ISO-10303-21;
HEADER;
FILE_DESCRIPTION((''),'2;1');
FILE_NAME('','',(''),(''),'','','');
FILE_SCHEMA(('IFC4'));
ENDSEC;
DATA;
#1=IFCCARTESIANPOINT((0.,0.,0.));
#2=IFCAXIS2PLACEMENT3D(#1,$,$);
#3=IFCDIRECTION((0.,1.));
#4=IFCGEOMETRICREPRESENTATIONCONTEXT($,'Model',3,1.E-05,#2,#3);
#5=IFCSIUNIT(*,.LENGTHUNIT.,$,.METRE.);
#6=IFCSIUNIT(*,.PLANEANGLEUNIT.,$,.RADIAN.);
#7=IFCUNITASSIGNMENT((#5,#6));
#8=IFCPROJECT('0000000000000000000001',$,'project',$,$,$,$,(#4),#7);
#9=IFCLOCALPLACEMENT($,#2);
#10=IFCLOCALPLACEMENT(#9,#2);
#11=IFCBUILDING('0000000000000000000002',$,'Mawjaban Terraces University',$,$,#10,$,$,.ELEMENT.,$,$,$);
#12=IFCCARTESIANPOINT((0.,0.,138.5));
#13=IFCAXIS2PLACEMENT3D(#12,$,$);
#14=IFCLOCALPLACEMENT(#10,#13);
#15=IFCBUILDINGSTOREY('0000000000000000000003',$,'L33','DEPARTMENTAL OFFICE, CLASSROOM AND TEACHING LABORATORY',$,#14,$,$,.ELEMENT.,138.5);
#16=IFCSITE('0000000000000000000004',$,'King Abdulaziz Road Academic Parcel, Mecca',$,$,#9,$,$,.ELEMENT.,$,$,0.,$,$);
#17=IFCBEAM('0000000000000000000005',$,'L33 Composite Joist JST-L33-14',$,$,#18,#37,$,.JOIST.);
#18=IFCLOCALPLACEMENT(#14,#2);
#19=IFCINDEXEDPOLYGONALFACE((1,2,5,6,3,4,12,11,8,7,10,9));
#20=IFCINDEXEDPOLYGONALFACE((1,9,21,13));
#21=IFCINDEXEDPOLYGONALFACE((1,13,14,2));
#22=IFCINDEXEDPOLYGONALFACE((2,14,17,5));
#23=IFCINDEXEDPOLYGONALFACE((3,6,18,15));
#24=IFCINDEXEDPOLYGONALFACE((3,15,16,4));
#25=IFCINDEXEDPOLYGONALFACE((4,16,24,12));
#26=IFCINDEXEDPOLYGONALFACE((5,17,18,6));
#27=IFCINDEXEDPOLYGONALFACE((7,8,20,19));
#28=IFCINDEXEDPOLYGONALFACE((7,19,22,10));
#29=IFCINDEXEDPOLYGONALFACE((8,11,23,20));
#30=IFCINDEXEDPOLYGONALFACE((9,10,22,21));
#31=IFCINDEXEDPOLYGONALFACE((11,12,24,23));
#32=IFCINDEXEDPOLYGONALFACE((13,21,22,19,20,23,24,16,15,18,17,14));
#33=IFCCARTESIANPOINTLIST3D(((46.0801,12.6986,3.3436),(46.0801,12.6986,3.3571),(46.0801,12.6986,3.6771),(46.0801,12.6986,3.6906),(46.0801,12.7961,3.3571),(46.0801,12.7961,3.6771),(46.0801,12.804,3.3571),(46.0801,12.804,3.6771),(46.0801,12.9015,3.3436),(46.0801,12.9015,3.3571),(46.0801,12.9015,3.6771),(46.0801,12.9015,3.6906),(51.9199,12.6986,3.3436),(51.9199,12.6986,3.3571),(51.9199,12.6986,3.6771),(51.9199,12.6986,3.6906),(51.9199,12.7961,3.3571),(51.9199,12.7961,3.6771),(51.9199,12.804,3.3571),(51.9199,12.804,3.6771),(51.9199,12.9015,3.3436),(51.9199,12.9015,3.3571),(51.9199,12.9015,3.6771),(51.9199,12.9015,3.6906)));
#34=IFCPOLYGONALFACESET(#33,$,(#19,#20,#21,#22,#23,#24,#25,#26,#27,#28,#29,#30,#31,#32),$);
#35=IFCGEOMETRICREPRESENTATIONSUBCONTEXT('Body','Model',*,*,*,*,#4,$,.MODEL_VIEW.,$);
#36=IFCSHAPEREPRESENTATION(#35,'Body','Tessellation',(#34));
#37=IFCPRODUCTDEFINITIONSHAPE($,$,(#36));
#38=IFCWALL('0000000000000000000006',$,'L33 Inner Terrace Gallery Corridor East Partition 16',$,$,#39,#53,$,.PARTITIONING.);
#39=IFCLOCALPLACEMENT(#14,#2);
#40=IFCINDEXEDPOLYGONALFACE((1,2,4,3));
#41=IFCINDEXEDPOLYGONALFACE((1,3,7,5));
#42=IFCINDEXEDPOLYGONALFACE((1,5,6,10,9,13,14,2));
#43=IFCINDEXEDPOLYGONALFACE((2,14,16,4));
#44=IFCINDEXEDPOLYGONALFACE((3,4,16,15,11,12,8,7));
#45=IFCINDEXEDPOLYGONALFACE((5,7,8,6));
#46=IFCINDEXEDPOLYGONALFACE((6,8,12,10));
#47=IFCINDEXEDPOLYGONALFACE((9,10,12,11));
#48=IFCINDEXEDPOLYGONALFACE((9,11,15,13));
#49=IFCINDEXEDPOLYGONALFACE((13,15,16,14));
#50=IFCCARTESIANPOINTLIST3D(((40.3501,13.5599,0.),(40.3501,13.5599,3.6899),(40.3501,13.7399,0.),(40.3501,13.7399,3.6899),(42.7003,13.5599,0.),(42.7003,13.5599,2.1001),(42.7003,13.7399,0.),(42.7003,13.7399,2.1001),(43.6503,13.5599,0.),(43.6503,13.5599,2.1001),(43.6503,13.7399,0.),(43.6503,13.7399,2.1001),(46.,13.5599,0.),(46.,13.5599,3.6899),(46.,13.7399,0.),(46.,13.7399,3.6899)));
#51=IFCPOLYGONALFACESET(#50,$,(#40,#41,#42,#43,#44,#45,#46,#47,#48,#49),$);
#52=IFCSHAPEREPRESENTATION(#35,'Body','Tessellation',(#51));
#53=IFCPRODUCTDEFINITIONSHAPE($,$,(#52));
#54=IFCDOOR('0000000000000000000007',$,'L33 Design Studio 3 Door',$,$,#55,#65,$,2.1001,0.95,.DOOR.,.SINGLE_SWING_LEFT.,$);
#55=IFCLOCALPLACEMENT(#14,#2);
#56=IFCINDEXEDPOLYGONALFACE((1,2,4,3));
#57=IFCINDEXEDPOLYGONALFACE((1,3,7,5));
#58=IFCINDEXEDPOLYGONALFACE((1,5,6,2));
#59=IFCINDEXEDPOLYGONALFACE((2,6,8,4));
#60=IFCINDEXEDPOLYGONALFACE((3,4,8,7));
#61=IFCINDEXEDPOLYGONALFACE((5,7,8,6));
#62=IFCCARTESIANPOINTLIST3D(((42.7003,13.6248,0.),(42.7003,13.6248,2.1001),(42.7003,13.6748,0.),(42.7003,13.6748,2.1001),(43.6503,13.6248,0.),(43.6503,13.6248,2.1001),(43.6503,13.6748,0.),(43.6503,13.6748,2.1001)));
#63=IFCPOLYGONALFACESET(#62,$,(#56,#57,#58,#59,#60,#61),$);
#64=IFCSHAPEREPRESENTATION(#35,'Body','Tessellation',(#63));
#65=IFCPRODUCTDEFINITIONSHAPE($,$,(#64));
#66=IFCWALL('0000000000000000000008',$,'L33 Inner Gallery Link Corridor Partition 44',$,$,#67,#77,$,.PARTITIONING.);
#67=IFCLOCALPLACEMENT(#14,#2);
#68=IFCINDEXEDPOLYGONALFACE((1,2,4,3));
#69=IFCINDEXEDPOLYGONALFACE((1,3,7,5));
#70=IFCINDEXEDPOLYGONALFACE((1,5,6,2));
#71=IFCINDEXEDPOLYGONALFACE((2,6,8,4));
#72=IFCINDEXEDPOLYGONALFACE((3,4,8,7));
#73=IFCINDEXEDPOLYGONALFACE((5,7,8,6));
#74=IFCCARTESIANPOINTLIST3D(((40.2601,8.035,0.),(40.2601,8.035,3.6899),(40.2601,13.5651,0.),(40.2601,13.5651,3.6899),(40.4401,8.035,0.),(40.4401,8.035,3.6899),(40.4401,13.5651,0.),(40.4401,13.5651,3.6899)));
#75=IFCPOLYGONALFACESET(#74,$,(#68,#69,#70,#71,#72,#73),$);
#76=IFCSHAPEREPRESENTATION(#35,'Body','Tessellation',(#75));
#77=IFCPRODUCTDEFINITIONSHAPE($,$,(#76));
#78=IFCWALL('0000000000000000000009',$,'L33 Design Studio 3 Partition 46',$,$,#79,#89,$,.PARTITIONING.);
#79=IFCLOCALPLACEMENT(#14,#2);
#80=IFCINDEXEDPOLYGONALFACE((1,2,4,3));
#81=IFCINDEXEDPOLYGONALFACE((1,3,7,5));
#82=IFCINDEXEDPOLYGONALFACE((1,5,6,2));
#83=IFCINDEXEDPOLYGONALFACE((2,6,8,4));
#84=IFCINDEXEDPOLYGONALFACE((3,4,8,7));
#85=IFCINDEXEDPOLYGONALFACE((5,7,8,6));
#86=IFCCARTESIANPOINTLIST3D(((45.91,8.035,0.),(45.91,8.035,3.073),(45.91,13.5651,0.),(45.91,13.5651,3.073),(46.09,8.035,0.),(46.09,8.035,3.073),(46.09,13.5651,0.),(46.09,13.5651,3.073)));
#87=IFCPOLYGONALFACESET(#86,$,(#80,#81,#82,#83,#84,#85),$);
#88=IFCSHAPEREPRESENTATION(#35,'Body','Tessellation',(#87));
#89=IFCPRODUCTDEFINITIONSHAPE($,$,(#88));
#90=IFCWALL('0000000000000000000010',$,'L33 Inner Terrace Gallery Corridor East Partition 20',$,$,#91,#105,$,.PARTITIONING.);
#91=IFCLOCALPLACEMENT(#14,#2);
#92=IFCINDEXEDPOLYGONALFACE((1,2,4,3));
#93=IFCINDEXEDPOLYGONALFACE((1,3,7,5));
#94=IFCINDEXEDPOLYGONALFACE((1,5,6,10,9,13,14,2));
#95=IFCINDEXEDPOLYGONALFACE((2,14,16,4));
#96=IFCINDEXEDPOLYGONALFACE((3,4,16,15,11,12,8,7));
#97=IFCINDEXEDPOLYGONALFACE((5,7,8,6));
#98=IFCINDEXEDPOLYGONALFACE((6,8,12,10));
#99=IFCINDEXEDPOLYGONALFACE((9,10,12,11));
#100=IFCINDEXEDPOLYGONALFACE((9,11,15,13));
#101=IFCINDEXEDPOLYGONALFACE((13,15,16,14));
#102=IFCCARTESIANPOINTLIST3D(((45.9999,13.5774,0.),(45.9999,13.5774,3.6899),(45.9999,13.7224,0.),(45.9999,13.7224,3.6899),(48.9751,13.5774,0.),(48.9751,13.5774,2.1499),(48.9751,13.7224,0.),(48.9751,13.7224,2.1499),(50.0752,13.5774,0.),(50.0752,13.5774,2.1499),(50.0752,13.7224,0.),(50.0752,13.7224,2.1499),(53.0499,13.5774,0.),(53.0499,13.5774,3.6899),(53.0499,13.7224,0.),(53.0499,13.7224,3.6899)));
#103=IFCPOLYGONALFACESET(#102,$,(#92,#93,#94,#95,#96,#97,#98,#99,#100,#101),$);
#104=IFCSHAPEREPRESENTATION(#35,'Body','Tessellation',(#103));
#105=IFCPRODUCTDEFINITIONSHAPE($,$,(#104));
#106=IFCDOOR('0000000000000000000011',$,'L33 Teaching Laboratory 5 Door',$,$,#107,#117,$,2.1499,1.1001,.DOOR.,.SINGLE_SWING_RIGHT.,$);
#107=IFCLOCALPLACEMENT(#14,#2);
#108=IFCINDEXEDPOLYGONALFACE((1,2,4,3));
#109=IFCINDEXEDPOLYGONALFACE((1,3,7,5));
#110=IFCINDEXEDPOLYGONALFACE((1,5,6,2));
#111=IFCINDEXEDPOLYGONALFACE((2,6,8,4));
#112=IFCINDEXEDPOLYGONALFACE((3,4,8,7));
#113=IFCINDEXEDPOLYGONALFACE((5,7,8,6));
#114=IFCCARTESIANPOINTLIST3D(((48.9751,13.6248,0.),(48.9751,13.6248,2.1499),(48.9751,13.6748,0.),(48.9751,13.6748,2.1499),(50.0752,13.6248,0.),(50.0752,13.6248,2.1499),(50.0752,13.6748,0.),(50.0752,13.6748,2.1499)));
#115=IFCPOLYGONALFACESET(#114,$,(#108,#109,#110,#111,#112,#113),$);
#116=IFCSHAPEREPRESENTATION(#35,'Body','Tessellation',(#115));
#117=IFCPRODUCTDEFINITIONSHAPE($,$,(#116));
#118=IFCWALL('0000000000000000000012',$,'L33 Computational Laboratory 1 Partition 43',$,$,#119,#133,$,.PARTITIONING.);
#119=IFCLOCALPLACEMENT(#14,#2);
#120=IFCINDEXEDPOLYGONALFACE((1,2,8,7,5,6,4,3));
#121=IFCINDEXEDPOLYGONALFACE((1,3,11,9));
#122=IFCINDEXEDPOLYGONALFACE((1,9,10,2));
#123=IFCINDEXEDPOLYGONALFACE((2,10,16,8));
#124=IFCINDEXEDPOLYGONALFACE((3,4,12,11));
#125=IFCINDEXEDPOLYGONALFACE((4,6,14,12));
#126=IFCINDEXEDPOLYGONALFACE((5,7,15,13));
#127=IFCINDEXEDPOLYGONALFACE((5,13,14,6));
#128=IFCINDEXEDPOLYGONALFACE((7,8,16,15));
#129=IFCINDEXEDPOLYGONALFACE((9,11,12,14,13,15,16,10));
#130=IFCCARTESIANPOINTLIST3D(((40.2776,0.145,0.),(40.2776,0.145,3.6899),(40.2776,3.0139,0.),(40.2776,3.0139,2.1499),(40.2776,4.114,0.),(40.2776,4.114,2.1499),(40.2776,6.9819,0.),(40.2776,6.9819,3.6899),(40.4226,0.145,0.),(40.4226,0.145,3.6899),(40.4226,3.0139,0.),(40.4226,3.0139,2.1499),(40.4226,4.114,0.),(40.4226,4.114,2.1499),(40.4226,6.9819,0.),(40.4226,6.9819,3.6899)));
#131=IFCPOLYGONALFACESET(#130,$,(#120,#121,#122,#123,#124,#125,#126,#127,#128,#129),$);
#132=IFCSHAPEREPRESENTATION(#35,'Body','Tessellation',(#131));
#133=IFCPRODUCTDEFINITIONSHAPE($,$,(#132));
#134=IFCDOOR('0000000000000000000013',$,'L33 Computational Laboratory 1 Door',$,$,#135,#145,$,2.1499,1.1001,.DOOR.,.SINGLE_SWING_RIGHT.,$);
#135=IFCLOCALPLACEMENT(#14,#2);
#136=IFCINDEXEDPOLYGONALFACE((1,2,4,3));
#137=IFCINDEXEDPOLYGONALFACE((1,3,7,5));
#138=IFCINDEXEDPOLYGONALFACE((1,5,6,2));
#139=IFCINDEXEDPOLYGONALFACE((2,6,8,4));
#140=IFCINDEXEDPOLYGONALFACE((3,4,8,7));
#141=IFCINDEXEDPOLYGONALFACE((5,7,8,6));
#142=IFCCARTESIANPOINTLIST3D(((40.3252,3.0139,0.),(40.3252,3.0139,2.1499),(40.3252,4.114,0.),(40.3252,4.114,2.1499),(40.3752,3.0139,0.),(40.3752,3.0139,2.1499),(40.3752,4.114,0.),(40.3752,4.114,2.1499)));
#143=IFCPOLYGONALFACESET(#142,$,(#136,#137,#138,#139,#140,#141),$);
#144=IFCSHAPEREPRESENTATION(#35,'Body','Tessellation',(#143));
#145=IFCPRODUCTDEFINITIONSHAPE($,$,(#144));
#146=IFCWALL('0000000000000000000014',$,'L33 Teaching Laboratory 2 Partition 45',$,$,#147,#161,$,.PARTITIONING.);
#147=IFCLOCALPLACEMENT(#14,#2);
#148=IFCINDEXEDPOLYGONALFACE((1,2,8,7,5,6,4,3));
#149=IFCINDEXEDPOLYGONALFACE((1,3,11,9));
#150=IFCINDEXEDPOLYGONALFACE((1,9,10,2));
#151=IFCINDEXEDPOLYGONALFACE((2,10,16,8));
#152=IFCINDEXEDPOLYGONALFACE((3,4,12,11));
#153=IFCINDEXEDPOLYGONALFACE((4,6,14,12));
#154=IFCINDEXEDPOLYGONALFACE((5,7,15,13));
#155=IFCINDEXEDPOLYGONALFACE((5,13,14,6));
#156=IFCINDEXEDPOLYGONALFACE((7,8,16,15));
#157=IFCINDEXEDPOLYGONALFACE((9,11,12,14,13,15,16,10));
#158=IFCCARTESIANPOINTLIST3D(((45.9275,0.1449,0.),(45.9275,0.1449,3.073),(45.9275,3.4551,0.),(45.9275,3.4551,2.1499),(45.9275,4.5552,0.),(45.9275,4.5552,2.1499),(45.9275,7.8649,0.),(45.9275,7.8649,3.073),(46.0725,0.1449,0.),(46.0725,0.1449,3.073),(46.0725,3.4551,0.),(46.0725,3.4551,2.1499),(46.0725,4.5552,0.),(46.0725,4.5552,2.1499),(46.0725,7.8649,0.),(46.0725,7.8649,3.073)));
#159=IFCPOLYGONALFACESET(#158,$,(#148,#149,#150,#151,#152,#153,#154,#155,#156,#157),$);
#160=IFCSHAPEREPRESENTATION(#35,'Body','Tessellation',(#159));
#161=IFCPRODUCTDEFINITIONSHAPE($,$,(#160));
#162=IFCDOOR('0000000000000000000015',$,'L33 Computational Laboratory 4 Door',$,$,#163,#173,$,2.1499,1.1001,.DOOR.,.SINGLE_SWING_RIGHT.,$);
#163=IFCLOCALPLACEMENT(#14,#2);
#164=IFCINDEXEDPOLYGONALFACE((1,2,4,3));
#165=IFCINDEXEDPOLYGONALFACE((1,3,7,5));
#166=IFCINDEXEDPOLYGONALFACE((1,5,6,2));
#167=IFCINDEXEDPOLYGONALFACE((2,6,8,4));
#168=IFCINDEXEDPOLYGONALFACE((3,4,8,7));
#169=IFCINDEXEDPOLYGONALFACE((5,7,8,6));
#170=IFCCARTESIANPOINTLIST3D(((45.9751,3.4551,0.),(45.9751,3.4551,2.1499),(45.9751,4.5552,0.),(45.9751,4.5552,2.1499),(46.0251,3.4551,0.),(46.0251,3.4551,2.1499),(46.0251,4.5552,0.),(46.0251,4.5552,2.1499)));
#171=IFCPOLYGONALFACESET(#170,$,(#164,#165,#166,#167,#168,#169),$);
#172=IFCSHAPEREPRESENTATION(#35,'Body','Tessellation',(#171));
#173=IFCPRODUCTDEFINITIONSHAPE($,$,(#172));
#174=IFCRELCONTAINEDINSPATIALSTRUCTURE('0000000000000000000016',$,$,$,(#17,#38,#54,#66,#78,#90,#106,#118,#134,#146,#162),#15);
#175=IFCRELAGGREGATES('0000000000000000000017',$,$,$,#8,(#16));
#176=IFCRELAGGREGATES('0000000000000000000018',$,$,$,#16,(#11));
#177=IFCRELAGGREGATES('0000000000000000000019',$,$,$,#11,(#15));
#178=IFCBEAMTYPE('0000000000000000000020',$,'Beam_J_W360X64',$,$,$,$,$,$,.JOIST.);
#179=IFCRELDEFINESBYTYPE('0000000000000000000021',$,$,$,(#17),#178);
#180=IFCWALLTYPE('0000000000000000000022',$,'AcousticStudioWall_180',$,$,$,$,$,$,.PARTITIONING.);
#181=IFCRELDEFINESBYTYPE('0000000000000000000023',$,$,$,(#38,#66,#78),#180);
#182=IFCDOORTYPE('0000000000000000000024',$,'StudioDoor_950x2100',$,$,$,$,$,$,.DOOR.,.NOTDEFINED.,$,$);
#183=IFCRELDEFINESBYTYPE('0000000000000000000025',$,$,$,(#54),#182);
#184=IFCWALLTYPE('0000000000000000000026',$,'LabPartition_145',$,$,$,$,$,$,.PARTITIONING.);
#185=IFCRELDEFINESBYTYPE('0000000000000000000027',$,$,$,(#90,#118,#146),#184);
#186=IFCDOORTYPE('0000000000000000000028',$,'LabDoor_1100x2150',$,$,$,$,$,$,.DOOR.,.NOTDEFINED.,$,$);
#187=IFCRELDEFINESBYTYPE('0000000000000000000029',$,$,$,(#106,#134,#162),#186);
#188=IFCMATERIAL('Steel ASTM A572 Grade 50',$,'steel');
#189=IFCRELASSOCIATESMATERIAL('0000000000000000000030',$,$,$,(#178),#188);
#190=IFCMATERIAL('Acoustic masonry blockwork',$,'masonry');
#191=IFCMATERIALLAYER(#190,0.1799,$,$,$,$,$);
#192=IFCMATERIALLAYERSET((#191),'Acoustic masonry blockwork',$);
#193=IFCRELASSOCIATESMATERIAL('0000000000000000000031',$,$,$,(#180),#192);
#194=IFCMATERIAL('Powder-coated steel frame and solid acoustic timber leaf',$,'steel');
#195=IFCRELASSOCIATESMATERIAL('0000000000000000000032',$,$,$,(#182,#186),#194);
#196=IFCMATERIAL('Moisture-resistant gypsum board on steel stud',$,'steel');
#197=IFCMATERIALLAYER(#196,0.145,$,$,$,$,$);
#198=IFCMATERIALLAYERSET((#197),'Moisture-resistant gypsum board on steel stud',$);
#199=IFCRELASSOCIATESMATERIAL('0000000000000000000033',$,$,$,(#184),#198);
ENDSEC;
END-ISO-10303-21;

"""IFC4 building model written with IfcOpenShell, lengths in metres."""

from ifc_helpers import new_model, si_unit, direction, frame, frame_2d, origin, origin_2d, place, context, subcontext, project, spatial, rectangle, i_section, extrude, material, layer, layer_set, material_profile, profile_set, type_object, element, fill, save


model = new_model("IFC4")

# Units and contexts
model_context = context("Model", 3, precision=1e-05, world=origin(), true_north=direction((0.0, 1.0)))
body_context = subcontext(model_context, "Body", "Model", "MODEL_VIEW")
ifc_project = project(units=[si_unit("LENGTHUNIT", "METRE"), si_unit("PLANEANGLEUNIT", "RADIAN")], contexts=[model_context])

# Site, building, storey
site_placement = place(None, origin())
site = spatial("IfcSite", under=ifc_project, at=site_placement, Name="King Abdulaziz Road Academic Parcel, Mecca", CompositionType="ELEMENT", RefElevation=0.0)
building_placement = place(site_placement, origin())
building = spatial("IfcBuilding", under=site, at=building_placement, Name="Mawjaban Terraces University", CompositionType="ELEMENT")
storey_placement = place(building_placement, frame((0.0, 0.0, 138.5)))
storey = spatial("IfcBuildingStorey", under=building, at=storey_placement, Name="L33", Description="DEPARTMENTAL OFFICE, CLASSROOM AND TEACHING LABORATORY", CompositionType="ELEMENT", Elevation=138.5)

# Beam
ifc_material_1 = material(Name="Steel ASTM A572 Grade 50", Category="steel")
ifc_material_profile_1 = material_profile(ifc_material_1, i_section(OverallWidth=0.2029, OverallDepth=0.3469, WebThickness=0.0078, FlangeThickness=0.0134, at=origin_2d()), Name="W360X64")
ifc_profile_set_1 = profile_set([ifc_material_profile_1], Name="Steel ASTM A572 Grade 50")
beam_type_1 = type_object("IfcBeamType", Name="Beam_J_W360X64", PredefinedType="JOIST", material=ifc_profile_set_1)
for number, where, z_axis, x_axis, name in (
    (1, (46.0801, 12.8, 3.5171), (1.0, 0.0, 0.0), (0.0, 1.0, 0.0), "L33 Composite Joist JST-L33-14"),
):
    element("IfcBeam", number, at=place(storey_placement, frame(where, z_axis=z_axis, x_axis=x_axis)), inside=storey, type_object=beam_type_1, Name=name, PredefinedType="JOIST", context=body_context, shape_type="SweptSolid", body=[
        extrude(i_section(OverallWidth=0.2029, OverallDepth=0.3469, WebThickness=0.0078, FlangeThickness=0.0134, at=origin_2d()), origin(), (0.0, 0.0, 1.0), 5.8398),
    ])

# Wall, opening, door
ifc_material_2 = material(Name="Acoustic masonry blockwork", Category="masonry")
ifc_layer_1 = layer(ifc_material_2, 0.1799)
ifc_layer_set_1 = layer_set([ifc_layer_1], Name="Acoustic masonry blockwork")
wall_type_1 = type_object("IfcWallType", Name="AcousticStudioWall_180", PredefinedType="PARTITIONING", material=ifc_layer_set_1)
wall_1_placement = place(storey_placement, frame((40.3501, 13.6499, 0.0), z_axis=(0.0, 0.0, 1.0), x_axis=(1.0, 0.0, 0.0)))
wall_1 = element("IfcWall", 2, at=wall_1_placement, inside=storey, type_object=wall_type_1, Name="L33 Inner Terrace Gallery Corridor East Partition 16", PredefinedType="PARTITIONING", context=body_context, shape_type="SweptSolid", body=[
    extrude(rectangle(XDim=5.6499, YDim=0.1799, at=frame_2d((2.825, 0.0))), origin(), (0.0, 0.0, 1.0), 3.6899),
])
opening_1_placement = place(wall_1_placement, frame((2.3501, 0.0, 0.0)))
opening_1 = element("IfcOpeningElement", 3, at=opening_1_placement, cuts=wall_1, PredefinedType="OPENING", context=body_context, shape_type="SweptSolid", body=[
    extrude(rectangle(XDim=0.95, YDim=2.1001, at=frame_2d((0.4751, 1.05))), frame((0.0, 0.0999, 0.0), z_axis=(0.0, -1.0, 0.0), x_axis=(1.0, 0.0, 0.0)), (0.0, 0.0, 1.0), 0.2),
])
ifc_material_3 = material(Name="Powder-coated steel frame and solid acoustic timber leaf", Category="steel")
door_type_1 = type_object("IfcDoorType", Name="StudioDoor_950x2100", OperationType="NOTDEFINED", PredefinedType="DOOR", material=ifc_material_3)
door_1_placement = place(opening_1_placement, origin())
door_1 = element("IfcDoor", 4, at=door_1_placement, inside=storey, type_object=door_type_1, Name="L33 Design Studio 3 Door", OperationType="SINGLE_SWING_LEFT", OverallHeight=2.1001, OverallWidth=0.95, PredefinedType="DOOR", context=body_context, shape_type="SweptSolid", body=[
    extrude(rectangle(XDim=0.95, YDim=2.1001, at=frame_2d((0.4751, 1.05))), frame((0.0, 0.0249, 0.0), z_axis=(0.0, -1.0, 0.0), x_axis=(1.0, 0.0, 0.0)), (0.0, 0.0, 1.0), 0.05),
])
fill(opening_1, door_1)
door_type_2 = type_object("IfcDoorType", Name="LabDoor_1100x2150", OperationType="NOTDEFINED", PredefinedType="DOOR", material=ifc_material_3)

# Walls
wall_2_placement = place(storey_placement, frame((40.3501, 8.0349, 0.0), z_axis=(0.0, 0.0, 1.0), x_axis=(0.0, 1.0, 0.0)))
element("IfcWall", 5, at=wall_2_placement, inside=storey, type_object=wall_type_1, Name="L33 Inner Gallery Link Corridor Partition 44", PredefinedType="PARTITIONING", context=body_context, shape_type="SweptSolid", body=[
    extrude(rectangle(XDim=5.53, YDim=0.1799, at=frame_2d((2.7651, 0.0))), origin(), (0.0, 0.0, 1.0), 3.6899),
])
wall_3_placement = place(storey_placement, frame((46.0, 8.0349, 0.0), z_axis=(0.0, 0.0, 1.0), x_axis=(0.0, 1.0, 0.0)))
element("IfcWall", 6, at=wall_3_placement, inside=storey, type_object=wall_type_1, Name="L33 Design Studio 3 Partition 46", PredefinedType="PARTITIONING", context=body_context, shape_type="SweptSolid", body=[
    extrude(rectangle(XDim=5.53, YDim=0.1799, at=frame_2d((2.7651, 0.0))), origin(), (0.0, 0.0, 1.0), 3.073),
])

# Walls, openings, doors
ifc_material_4 = material(Name="Moisture-resistant gypsum board on steel stud", Category="steel")
ifc_layer_2 = layer(ifc_material_4, 0.145)
ifc_layer_set_2 = layer_set([ifc_layer_2], Name="Moisture-resistant gypsum board on steel stud")
wall_type_2 = type_object("IfcWallType", Name="LabPartition_145", PredefinedType="PARTITIONING", material=ifc_layer_set_2)
wall_4_placement = place(storey_placement, frame((46.0, 13.6499, 0.0), z_axis=(0.0, 0.0, 1.0), x_axis=(1.0, 0.0, 0.0)))
wall_4 = element("IfcWall", 7, at=wall_4_placement, inside=storey, type_object=wall_type_2, Name="L33 Inner Terrace Gallery Corridor East Partition 20", PredefinedType="PARTITIONING", context=body_context, shape_type="SweptSolid", body=[
    extrude(rectangle(XDim=7.05, YDim=0.145, at=frame_2d((3.5249, 0.0))), origin(), (0.0, 0.0, 1.0), 3.6899),
])
opening_2_placement = place(wall_4_placement, frame((2.9751, 0.0, 0.0)))
opening_2 = element("IfcOpeningElement", 8, at=opening_2_placement, cuts=wall_4, PredefinedType="OPENING", context=body_context, shape_type="SweptSolid", body=[
    extrude(rectangle(XDim=1.1001, YDim=2.1499, at=frame_2d((0.55, 1.075))), frame((0.0, 0.0825, 0.0), z_axis=(0.0, -1.0, 0.0), x_axis=(1.0, 0.0, 0.0)), (0.0, 0.0, 1.0), 0.165),
])
door_2_placement = place(opening_2_placement, origin())
door_2 = element("IfcDoor", 9, at=door_2_placement, inside=storey, type_object=door_type_2, Name="L33 Teaching Laboratory 5 Door", OperationType="SINGLE_SWING_RIGHT", OverallHeight=2.1499, OverallWidth=1.1001, PredefinedType="DOOR", context=body_context, shape_type="SweptSolid", body=[
    extrude(rectangle(XDim=1.1001, YDim=2.1499, at=frame_2d((0.55, 1.075))), frame((0.0, 0.0249, 0.0), z_axis=(0.0, -1.0, 0.0), x_axis=(1.0, 0.0, 0.0)), (0.0, 0.0, 1.0), 0.05),
])
fill(opening_2, door_2)
wall_5_placement = place(storey_placement, frame((40.3501, 0.145, 0.0), z_axis=(0.0, 0.0, 1.0), x_axis=(0.0, 1.0, 0.0)))
wall_5 = element("IfcWall", 10, at=wall_5_placement, inside=storey, type_object=wall_type_2, Name="L33 Computational Laboratory 1 Partition 43", PredefinedType="PARTITIONING", context=body_context, shape_type="SweptSolid", body=[
    extrude(rectangle(XDim=6.8369, YDim=0.145, at=frame_2d((3.4185, 0.0))), origin(), (0.0, 0.0, 1.0), 3.6899),
])
opening_3_placement = place(wall_5_placement, frame((2.8689, 0.0, 0.0)))
opening_3 = element("IfcOpeningElement", 11, at=opening_3_placement, cuts=wall_5, PredefinedType="OPENING", context=body_context, shape_type="SweptSolid", body=[
    extrude(rectangle(XDim=1.1001, YDim=2.1499, at=frame_2d((0.55, 1.075))), frame((0.0, 0.0825, 0.0), z_axis=(0.0, -1.0, 0.0), x_axis=(1.0, 0.0, 0.0)), (0.0, 0.0, 1.0), 0.165),
])
door_3_placement = place(opening_3_placement, origin())
door_3 = element("IfcDoor", 12, at=door_3_placement, inside=storey, type_object=door_type_2, Name="L33 Computational Laboratory 1 Door", OperationType="SINGLE_SWING_RIGHT", OverallHeight=2.1499, OverallWidth=1.1001, PredefinedType="DOOR", context=body_context, shape_type="SweptSolid", body=[
    extrude(rectangle(XDim=1.1001, YDim=2.1499, at=frame_2d((0.55, 1.075))), frame((0.0, 0.0249, 0.0), z_axis=(0.0, -1.0, 0.0), x_axis=(1.0, 0.0, 0.0)), (0.0, 0.0, 1.0), 0.05),
])
fill(opening_3, door_3)
wall_6_placement = place(storey_placement, frame((46.0, 0.145, 0.0), z_axis=(0.0, 0.0, 1.0), x_axis=(0.0, 1.0, 0.0)))
wall_6 = element("IfcWall", 13, at=wall_6_placement, inside=storey, type_object=wall_type_2, Name="L33 Teaching Laboratory 2 Partition 45", PredefinedType="PARTITIONING", context=body_context, shape_type="SweptSolid", body=[
    extrude(rectangle(XDim=7.72, YDim=0.145, at=frame_2d((3.8599, 0.0))), origin(), (0.0, 0.0, 1.0), 3.073),
])
opening_4_placement = place(wall_6_placement, frame((3.3101, 0.0, 0.0)))
opening_4 = element("IfcOpeningElement", 14, at=opening_4_placement, cuts=wall_6, PredefinedType="OPENING", context=body_context, shape_type="SweptSolid", body=[
    extrude(rectangle(XDim=1.1001, YDim=2.1499, at=frame_2d((0.55, 1.075))), frame((0.0, 0.0825, 0.0), z_axis=(0.0, -1.0, 0.0), x_axis=(1.0, 0.0, 0.0)), (0.0, 0.0, 1.0), 0.165),
])
door_4_placement = place(opening_4_placement, origin())
door_4 = element("IfcDoor", 15, at=door_4_placement, inside=storey, type_object=door_type_2, Name="L33 Computational Laboratory 4 Door", OperationType="SINGLE_SWING_RIGHT", OverallHeight=2.1499, OverallWidth=1.1001, PredefinedType="DOOR", context=body_context, shape_type="SweptSolid", body=[
    extrude(rectangle(XDim=1.1001, YDim=2.1499, at=frame_2d((0.55, 1.075))), frame((0.0, 0.0249, 0.0), z_axis=(0.0, -1.0, 0.0), x_axis=(1.0, 0.0, 0.0)), (0.0, 0.0, 1.0), 0.05),
])
fill(opening_4, door_4)

save(model, "model.ifc")
